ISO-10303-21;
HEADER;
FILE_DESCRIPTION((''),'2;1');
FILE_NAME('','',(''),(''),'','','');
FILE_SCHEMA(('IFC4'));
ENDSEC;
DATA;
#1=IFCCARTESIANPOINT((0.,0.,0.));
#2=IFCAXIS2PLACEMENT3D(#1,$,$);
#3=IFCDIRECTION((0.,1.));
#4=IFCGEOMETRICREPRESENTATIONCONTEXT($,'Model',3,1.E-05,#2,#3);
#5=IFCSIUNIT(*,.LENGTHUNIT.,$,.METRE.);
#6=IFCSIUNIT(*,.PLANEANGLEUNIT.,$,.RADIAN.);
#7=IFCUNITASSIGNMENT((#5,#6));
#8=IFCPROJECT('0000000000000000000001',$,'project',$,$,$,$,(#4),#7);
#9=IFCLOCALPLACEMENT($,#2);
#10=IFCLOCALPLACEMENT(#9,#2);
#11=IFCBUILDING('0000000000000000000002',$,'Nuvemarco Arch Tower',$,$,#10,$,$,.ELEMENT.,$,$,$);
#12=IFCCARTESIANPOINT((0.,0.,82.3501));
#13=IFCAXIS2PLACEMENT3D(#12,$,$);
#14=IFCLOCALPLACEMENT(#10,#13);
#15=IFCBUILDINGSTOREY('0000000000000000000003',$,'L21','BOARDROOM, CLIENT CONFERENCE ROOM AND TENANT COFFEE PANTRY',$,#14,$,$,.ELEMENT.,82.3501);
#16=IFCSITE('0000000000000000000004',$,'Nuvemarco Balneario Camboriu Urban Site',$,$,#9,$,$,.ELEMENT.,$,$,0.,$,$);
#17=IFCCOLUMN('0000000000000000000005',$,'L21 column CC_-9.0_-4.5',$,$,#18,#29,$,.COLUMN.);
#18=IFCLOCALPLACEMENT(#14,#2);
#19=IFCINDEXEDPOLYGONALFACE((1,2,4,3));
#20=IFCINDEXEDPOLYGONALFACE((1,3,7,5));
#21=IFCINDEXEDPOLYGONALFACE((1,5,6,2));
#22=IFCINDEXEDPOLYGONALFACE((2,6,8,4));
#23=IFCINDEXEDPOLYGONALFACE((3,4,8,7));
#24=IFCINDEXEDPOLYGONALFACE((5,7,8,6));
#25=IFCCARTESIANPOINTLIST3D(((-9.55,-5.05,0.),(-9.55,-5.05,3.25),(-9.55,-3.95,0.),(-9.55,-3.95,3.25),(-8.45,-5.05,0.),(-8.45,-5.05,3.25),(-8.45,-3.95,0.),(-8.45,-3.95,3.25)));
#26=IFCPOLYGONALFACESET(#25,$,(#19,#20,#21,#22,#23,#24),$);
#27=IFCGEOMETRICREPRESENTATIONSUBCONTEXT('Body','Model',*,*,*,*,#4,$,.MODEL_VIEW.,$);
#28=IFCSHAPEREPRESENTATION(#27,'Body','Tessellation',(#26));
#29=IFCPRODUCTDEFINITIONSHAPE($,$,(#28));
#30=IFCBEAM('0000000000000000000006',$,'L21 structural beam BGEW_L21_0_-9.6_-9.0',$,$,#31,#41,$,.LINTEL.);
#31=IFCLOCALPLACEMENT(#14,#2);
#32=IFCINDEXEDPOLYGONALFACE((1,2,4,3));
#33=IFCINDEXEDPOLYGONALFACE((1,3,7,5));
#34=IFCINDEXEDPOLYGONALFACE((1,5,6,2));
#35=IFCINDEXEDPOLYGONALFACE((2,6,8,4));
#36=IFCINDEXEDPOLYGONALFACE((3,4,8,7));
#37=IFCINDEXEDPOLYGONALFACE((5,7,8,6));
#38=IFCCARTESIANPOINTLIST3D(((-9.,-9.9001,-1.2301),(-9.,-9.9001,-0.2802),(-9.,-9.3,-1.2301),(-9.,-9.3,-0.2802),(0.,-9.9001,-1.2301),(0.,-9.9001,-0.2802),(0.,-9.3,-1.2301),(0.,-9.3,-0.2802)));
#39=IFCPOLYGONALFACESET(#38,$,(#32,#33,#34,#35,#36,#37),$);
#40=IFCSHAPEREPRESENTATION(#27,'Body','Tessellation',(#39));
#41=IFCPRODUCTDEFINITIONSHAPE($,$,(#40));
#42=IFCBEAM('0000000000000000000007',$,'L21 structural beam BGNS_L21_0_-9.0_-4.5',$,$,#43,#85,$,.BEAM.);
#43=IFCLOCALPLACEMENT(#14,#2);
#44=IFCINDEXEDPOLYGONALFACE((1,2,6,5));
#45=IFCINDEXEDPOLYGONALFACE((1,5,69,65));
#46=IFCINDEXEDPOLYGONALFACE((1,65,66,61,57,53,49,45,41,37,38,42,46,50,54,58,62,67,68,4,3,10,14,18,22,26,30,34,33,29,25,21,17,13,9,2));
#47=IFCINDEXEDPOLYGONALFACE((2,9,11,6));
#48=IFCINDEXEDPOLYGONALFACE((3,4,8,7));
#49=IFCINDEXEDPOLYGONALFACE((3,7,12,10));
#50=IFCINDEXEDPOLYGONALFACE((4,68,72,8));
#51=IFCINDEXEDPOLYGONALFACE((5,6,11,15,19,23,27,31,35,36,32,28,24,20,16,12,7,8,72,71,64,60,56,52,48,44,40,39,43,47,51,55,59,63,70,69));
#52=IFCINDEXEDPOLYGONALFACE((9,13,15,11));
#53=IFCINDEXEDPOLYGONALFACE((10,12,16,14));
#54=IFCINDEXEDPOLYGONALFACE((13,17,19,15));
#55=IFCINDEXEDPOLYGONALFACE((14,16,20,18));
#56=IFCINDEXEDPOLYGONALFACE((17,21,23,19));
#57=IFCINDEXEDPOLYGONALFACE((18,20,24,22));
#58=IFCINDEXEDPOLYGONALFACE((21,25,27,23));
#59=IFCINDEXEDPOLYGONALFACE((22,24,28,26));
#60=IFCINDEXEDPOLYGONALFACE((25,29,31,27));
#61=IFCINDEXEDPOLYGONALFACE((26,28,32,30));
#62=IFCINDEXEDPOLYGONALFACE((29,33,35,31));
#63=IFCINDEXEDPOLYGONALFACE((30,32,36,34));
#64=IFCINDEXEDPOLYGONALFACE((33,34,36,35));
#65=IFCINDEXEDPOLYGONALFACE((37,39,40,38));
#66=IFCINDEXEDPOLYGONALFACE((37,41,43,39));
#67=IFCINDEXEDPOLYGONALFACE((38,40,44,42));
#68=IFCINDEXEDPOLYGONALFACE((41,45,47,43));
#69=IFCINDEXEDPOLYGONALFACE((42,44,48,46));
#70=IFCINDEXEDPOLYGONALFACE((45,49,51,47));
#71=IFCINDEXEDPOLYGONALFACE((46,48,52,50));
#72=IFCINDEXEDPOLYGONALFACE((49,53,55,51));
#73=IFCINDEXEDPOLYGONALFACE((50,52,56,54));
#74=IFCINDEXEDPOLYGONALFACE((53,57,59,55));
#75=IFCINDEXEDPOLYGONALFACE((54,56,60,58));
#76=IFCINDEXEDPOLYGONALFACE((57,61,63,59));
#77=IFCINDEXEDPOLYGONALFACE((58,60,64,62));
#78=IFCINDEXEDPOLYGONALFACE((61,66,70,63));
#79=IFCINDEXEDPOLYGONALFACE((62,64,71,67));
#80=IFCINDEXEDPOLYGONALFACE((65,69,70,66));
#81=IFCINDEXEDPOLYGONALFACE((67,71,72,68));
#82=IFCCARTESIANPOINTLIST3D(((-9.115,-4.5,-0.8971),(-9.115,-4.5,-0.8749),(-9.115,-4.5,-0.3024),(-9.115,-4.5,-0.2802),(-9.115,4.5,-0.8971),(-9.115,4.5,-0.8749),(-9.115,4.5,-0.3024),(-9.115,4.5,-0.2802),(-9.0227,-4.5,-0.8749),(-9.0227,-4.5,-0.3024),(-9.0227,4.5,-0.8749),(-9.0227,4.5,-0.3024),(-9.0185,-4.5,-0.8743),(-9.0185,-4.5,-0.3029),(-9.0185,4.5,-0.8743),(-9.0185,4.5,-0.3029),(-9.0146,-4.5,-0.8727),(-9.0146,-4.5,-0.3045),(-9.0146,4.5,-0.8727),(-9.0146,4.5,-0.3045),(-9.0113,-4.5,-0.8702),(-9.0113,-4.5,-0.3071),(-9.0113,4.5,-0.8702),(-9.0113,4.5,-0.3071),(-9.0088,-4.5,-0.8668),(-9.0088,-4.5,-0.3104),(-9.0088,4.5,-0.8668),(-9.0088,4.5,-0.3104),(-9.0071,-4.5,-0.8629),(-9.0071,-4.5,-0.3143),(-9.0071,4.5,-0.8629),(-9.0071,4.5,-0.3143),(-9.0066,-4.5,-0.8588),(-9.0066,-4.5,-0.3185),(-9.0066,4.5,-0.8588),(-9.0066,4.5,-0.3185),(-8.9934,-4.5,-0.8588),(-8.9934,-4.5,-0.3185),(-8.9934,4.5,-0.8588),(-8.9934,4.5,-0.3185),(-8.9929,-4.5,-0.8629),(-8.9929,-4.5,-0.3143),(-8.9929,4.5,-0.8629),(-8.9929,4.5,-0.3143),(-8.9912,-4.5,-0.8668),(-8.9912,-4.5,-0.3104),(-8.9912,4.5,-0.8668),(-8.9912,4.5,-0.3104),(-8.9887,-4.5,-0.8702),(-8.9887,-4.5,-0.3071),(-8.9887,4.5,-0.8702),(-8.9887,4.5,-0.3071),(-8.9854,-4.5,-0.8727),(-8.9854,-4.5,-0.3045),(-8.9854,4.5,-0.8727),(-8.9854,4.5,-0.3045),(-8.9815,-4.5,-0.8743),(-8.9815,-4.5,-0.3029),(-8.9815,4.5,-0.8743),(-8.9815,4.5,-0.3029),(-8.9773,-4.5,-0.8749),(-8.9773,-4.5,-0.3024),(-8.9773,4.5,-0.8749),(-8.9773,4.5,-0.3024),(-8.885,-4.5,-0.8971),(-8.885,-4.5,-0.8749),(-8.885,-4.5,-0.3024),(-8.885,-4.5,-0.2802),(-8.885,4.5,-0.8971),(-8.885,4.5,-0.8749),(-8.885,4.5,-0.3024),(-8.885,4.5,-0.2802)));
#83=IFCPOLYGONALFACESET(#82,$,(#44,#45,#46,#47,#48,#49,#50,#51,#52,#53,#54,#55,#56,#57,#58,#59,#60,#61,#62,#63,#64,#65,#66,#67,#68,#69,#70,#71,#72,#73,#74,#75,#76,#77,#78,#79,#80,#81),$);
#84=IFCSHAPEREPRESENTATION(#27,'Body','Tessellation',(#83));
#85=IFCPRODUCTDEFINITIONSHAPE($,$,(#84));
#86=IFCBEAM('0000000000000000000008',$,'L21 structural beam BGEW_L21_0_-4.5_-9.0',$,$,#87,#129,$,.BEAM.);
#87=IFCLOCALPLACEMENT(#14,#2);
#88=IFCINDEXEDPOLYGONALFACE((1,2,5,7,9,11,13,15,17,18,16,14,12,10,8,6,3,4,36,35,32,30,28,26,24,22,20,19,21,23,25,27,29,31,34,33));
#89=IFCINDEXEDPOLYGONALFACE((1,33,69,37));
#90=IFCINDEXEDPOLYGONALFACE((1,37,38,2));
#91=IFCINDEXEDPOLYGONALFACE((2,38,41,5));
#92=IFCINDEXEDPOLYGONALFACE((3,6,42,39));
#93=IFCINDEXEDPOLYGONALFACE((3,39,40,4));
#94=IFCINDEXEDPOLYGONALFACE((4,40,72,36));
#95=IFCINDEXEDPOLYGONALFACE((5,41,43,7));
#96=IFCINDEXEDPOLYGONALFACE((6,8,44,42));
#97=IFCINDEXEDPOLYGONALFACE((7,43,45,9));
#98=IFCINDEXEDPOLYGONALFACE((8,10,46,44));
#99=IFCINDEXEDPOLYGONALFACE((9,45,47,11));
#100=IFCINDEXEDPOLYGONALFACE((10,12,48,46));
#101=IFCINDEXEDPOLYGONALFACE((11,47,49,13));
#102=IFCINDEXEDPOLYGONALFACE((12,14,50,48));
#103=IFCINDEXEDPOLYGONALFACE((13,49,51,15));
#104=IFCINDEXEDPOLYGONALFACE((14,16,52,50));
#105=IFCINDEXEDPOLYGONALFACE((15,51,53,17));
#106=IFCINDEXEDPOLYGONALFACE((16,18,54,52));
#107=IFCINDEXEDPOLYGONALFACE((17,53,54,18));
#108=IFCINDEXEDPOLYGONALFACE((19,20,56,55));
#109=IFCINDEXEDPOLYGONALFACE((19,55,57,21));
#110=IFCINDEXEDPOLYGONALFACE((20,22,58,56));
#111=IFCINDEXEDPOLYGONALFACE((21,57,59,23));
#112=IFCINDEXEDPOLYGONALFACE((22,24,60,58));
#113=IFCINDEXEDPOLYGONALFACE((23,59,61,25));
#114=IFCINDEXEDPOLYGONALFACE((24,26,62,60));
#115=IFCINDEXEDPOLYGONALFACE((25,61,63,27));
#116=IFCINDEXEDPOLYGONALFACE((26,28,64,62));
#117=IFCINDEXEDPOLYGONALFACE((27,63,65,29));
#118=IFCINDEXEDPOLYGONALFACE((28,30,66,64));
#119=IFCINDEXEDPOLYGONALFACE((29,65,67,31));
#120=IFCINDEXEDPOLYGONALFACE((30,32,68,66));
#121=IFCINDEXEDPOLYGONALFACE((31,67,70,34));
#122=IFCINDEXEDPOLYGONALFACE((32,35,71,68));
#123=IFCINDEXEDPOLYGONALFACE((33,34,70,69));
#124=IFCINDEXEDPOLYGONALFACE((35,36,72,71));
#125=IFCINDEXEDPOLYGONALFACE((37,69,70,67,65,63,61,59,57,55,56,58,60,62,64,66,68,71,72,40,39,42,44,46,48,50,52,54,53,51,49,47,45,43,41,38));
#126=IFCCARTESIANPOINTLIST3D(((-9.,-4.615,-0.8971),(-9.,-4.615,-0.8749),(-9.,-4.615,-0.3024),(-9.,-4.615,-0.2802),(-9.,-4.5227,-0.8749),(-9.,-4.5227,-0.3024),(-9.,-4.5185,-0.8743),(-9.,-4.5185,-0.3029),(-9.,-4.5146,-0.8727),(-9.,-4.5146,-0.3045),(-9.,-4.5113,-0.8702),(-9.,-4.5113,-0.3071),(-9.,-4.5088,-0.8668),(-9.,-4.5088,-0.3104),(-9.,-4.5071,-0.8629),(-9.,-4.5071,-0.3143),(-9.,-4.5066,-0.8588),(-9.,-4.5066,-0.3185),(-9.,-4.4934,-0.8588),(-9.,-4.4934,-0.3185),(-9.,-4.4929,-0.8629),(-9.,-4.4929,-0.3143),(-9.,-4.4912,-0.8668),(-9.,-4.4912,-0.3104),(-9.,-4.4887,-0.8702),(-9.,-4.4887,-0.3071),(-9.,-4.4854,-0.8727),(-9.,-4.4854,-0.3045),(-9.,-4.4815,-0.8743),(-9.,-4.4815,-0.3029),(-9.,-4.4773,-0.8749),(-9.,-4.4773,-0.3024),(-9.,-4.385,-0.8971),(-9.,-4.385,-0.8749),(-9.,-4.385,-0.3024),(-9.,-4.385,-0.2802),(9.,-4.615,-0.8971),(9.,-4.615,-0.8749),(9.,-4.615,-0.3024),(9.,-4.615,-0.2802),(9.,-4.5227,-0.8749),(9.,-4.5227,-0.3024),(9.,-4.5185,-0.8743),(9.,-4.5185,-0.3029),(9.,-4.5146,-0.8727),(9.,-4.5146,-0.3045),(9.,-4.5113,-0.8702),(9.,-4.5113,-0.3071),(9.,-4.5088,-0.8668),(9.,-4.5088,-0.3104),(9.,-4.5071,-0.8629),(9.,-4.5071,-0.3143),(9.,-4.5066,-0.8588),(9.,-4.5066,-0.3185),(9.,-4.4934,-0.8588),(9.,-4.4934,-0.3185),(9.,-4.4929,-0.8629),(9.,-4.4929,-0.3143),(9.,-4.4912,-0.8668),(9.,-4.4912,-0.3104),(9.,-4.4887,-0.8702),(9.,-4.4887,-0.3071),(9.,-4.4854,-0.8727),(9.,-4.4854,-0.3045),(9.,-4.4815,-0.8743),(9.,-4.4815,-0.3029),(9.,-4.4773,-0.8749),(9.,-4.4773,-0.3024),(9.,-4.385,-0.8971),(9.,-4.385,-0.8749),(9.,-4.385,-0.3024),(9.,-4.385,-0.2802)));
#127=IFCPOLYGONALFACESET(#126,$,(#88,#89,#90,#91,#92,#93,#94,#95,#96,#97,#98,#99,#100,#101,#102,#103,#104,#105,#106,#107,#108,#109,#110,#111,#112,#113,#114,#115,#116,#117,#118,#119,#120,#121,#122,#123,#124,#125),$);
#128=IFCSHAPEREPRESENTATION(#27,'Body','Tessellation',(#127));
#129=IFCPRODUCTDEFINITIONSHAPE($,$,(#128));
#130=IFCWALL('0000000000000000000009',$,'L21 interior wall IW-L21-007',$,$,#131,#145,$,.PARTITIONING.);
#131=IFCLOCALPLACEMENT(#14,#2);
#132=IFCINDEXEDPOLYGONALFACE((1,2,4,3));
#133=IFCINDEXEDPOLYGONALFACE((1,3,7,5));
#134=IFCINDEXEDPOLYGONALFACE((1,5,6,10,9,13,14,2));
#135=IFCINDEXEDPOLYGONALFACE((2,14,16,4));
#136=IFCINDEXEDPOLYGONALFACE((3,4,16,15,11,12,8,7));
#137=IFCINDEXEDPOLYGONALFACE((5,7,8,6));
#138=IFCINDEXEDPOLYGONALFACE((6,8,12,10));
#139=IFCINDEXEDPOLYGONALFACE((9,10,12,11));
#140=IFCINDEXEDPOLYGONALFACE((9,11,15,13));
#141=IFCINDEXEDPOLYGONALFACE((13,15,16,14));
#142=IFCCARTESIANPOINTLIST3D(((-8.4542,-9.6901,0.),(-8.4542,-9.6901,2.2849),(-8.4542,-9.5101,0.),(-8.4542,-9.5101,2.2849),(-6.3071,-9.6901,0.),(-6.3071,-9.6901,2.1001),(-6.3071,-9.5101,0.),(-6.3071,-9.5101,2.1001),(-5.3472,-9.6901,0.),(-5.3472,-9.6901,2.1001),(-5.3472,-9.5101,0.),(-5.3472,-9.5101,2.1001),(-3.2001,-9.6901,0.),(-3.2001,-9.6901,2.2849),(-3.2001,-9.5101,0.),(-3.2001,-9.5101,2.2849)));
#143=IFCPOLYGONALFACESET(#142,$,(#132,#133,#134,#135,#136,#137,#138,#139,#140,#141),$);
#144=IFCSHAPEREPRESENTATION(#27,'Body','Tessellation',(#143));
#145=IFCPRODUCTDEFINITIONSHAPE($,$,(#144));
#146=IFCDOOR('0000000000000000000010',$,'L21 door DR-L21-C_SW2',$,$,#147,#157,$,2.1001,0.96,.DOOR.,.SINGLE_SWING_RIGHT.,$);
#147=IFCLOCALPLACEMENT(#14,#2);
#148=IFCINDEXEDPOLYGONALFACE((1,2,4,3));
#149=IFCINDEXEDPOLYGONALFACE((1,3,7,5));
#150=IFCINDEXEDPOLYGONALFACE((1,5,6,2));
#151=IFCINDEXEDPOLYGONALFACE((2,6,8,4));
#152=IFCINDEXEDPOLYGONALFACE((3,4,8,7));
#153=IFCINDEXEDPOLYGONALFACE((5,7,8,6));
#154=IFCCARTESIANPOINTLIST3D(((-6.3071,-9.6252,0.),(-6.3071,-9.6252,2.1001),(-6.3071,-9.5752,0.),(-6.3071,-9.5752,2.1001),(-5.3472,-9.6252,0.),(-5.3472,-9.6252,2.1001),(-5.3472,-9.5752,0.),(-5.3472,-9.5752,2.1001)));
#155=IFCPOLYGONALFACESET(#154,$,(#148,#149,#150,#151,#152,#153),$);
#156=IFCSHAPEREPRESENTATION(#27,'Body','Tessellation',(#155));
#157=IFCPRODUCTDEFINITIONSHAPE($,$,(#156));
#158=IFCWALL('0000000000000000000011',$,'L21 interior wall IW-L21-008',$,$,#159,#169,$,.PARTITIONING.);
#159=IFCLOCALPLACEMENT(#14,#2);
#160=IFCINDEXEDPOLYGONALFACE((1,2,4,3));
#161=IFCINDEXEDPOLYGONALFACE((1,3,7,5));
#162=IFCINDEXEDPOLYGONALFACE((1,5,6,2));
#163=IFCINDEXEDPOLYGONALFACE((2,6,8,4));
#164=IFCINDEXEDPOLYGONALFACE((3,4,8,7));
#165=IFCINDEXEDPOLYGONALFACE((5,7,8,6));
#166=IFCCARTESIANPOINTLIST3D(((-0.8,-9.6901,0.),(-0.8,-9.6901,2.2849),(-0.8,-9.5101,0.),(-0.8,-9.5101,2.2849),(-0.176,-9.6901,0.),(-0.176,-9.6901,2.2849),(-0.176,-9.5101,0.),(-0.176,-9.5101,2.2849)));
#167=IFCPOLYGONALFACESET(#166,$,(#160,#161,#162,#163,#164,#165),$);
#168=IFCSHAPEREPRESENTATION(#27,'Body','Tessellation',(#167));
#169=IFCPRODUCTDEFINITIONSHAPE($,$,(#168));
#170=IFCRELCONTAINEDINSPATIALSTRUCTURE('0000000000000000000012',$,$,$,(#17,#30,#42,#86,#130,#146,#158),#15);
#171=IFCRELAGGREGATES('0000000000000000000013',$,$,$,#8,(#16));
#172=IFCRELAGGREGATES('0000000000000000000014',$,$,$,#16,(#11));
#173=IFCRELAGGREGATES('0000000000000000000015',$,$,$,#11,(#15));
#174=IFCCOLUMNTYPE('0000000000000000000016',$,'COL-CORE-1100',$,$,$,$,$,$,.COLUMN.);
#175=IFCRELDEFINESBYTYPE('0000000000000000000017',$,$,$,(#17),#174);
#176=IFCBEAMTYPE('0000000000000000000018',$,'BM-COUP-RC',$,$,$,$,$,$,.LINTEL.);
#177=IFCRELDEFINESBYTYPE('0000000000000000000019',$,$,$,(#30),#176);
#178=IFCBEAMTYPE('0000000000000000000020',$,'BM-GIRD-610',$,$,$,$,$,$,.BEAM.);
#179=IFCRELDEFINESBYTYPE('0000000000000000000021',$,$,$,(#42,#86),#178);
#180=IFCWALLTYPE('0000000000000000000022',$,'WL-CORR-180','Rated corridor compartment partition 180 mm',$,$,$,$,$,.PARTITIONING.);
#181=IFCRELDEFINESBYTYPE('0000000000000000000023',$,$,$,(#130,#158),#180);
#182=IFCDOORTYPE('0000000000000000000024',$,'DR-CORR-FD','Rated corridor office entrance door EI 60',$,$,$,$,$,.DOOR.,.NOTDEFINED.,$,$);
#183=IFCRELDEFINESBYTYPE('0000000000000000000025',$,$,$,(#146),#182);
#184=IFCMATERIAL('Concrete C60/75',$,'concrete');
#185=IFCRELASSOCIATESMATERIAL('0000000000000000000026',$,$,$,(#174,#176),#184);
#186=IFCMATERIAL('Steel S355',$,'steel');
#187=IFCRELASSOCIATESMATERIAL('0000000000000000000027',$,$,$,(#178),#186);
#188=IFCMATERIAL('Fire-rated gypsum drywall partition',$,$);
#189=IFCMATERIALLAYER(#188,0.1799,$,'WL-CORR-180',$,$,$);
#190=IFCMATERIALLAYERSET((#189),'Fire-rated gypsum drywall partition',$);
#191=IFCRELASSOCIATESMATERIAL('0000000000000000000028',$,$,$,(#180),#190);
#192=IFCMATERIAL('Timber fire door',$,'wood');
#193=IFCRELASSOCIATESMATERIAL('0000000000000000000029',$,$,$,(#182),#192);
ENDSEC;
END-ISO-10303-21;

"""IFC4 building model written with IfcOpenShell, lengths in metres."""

from ifc_helpers import new_model, si_unit, direction, frame, frame_2d, origin, origin_2d, place, context, subcontext, project, spatial, rectangle, i_section, extrude, source, transform, mapped, material, layer, layer_set, material_profile, profile_set, type_object, type_shapes, element, fill, save


model = new_model("IFC4")

# Units and contexts
model_context = context("Model", 3, precision=1e-05, world=origin(), true_north=direction((0.0, 1.0)))
body_context = subcontext(model_context, "Body", "Model", "MODEL_VIEW")
ifc_project = project(units=[si_unit("LENGTHUNIT", "METRE"), si_unit("PLANEANGLEUNIT", "RADIAN")], contexts=[model_context])

# Site, building, storey
site_placement = place(None, origin())
site = spatial("IfcSite", under=ifc_project, at=site_placement, Name="Nuvemarco Balneario Camboriu Urban Site", CompositionType="ELEMENT", RefElevation=0.0)
building_placement = place(site_placement, origin())
building = spatial("IfcBuilding", under=site, at=building_placement, Name="Nuvemarco Arch Tower", CompositionType="ELEMENT")
storey_placement = place(building_placement, frame((0.0, 0.0, 82.3501)))
storey = spatial("IfcBuildingStorey", under=building, at=storey_placement, Name="L21", Description="BOARDROOM, CLIENT CONFERENCE ROOM AND TENANT COFFEE PANTRY", CompositionType="ELEMENT", Elevation=82.3501)

# Column
ifc_material_1 = material(Name="Concrete C60/75", Category="concrete")
ifc_material_profile_1 = material_profile(ifc_material_1, rectangle(XDim=1.1001, YDim=1.1001, at=origin_2d()), Name="RC-COL-1100x1100")
ifc_profile_set_1 = profile_set([ifc_material_profile_1], Name="Concrete C60/75")
column_type = type_object("IfcColumnType", Name="COL-CORE-1100", PredefinedType="COLUMN", material=ifc_profile_set_1)
column_placement = place(storey_placement, frame((-9.0, -4.5, 0.0), z_axis=(0.0, 0.0, 1.0), x_axis=(1.0, 0.0, 0.0)))
element("IfcColumn", 1, at=column_placement, inside=storey, type_object=column_type, Name="L21 column CC_-9.0_-4.5", PredefinedType="COLUMN", context=body_context, shape_type="SweptSolid", body=[
    extrude(rectangle(XDim=1.1001, YDim=1.1001, at=origin_2d()), origin(), (0.0, 0.0, 1.0), 3.25),
])

# Beams
ifc_material_profile_2 = material_profile(ifc_material_1, rectangle(XDim=0.6001, YDim=0.95, at=origin_2d()), Name="RC-BM-600x950")
ifc_profile_set_2 = profile_set([ifc_material_profile_2], Name="Concrete C60/75")
beam_type_1 = type_object("IfcBeamType", Name="BM-COUP-RC", PredefinedType="LINTEL", material=ifc_profile_set_2)
beam_1_placement = place(storey_placement, frame((-9.0, -9.6001, -0.7551), z_axis=(1.0, 0.0, 0.0), x_axis=(0.0, 1.0, 0.0)))
element("IfcBeam", 2, at=beam_1_placement, inside=storey, type_object=beam_type_1, Name="L21 structural beam BGEW_L21_0_-9.6_-9.0", PredefinedType="LINTEL", context=body_context, shape_type="SweptSolid", body=[
    extrude(rectangle(XDim=0.6001, YDim=0.95, at=origin_2d()), origin(), (0.0, 0.0, 1.0), 9.0),
])
ifc_material_2 = material(Name="Steel S355", Category="steel")
ifc_material_profile_3 = material_profile(ifc_material_2, i_section(OverallWidth=0.23, OverallDepth=0.6169, WebThickness=0.0132, FlangeThickness=0.0222, FilletRadius=0.0161, at=origin_2d()), Name="W610x140")
ifc_profile_set_3 = profile_set([ifc_material_profile_3], Name="Steel S355")
beam_type_2 = type_object("IfcBeamType", Name="BM-GIRD-610", PredefinedType="BEAM", material=ifc_profile_set_3)
beam_2_placement = place(storey_placement, frame((-9.0, -4.5, -0.5886), z_axis=(0.0, 1.0, 0.0), x_axis=(-1.0, 0.0, 0.0)))
element("IfcBeam", 3, at=beam_2_placement, inside=storey, type_object=beam_type_2, Name="L21 structural beam BGNS_L21_0_-9.0_-4.5", PredefinedType="BEAM", context=body_context, shape_type="SweptSolid", body=[
    extrude(i_section(OverallWidth=0.23, OverallDepth=0.6169, WebThickness=0.0132, FlangeThickness=0.0222, FilletRadius=0.0161, at=origin_2d()), origin(), (0.0, 0.0, 1.0), 9.0),
])
beam_3_placement = place(storey_placement, frame((-9.0, -4.5, -0.5886), z_axis=(1.0, 0.0, 0.0), x_axis=(0.0, 1.0, 0.0)))
element("IfcBeam", 4, at=beam_3_placement, inside=storey, type_object=beam_type_2, Name="L21 structural beam BGEW_L21_0_-4.5_-9.0", PredefinedType="BEAM", context=body_context, shape_type="SweptSolid", body=[
    extrude(i_section(OverallWidth=0.23, OverallDepth=0.6169, WebThickness=0.0132, FlangeThickness=0.0222, FilletRadius=0.0161, at=origin_2d()), origin(), (0.0, 0.0, 1.0), 18.0),
])

# Wall, opening, door
ifc_material_3 = material(Name="Fire-rated gypsum drywall partition")
ifc_layer_1 = layer(ifc_material_3, 0.1799, Name="WL-CORR-180")
ifc_layer_set_1 = layer_set([ifc_layer_1], Name="Fire-rated gypsum drywall partition")
wall_type_1 = type_object("IfcWallType", Name="WL-CORR-180", Description="Rated corridor compartment partition 180 mm", PredefinedType="PARTITIONING", material=ifc_layer_set_1)
wall_1_placement = place(storey_placement, frame((-8.4541, -9.6001, 0.0), z_axis=(0.0, 0.0, 1.0), x_axis=(1.0, 0.0, 0.0)))
wall_1 = element("IfcWall", 5, at=wall_1_placement, inside=storey, type_object=wall_type_1, Name="L21 interior wall IW-L21-007", PredefinedType="PARTITIONING", context=body_context, shape_type="SweptSolid", body=[
    extrude(rectangle(XDim=5.2542, YDim=0.1799, at=frame_2d((2.627, 0.0))), origin(), (0.0, 0.0, 1.0), 2.2849),
])
opening_1_placement = place(wall_1_placement, frame((2.147, 0.0, 0.0)))
opening_1 = element("IfcOpeningElement", 6, at=opening_1_placement, cuts=wall_1, PredefinedType="OPENING", context=body_context, shape_type="SweptSolid", body=[
    extrude(rectangle(XDim=0.96, YDim=2.1001, at=frame_2d((0.48, 1.05))), frame((0.0, 0.0999, 0.0), z_axis=(0.0, -1.0, 0.0), x_axis=(1.0, 0.0, 0.0)), (0.0, 0.0, 1.0), 0.2),
])
ifc_material_4 = material(Name="Timber fire door", Category="wood")
door_type = type_object("IfcDoorType", Name="DR-CORR-FD", Description="Rated corridor office entrance door EI 60", OperationType="NOTDEFINED", PredefinedType="DOOR", material=ifc_material_4)
shared_shape = source(origin(), body_context, "Body", "SweptSolid", [
    extrude(rectangle(XDim=0.96, YDim=2.1001, at=frame_2d((0.48, 1.05))), frame((0.0, 0.0249, 0.0), z_axis=(0.0, -1.0, 0.0), x_axis=(1.0, 0.0, 0.0)), (0.0, 0.0, 1.0), 0.05),
])
type_shapes(door_type, [shared_shape])
door_1_placement = place(opening_1_placement, origin())
door_1 = element("IfcDoor", 7, at=door_1_placement, inside=storey, type_object=door_type, Name="L21 door DR-L21-C_SW2", OperationType="SINGLE_SWING_RIGHT", OverallHeight=2.1001, OverallWidth=0.96, PredefinedType="DOOR", context=body_context, shape_type="MappedRepresentation", body=[
    mapped(shared_shape, transform((0.0, 0.0, 0.0), scale=1.0)),
])
fill(opening_1, door_1)

# Wall
wall_2_placement = place(storey_placement, frame((-0.8, -9.6001, 0.0), z_axis=(0.0, 0.0, 1.0), x_axis=(1.0, 0.0, 0.0)))
element("IfcWall", 8, at=wall_2_placement, inside=storey, type_object=wall_type_1, Name="L21 interior wall IW-L21-008", PredefinedType="PARTITIONING", context=body_context, shape_type="SweptSolid", body=[
    extrude(rectangle(XDim=0.624, YDim=0.1799, at=frame_2d((0.312, 0.0))), origin(), (0.0, 0.0, 1.0), 2.2849),
])

save(model, "model.ifc")
